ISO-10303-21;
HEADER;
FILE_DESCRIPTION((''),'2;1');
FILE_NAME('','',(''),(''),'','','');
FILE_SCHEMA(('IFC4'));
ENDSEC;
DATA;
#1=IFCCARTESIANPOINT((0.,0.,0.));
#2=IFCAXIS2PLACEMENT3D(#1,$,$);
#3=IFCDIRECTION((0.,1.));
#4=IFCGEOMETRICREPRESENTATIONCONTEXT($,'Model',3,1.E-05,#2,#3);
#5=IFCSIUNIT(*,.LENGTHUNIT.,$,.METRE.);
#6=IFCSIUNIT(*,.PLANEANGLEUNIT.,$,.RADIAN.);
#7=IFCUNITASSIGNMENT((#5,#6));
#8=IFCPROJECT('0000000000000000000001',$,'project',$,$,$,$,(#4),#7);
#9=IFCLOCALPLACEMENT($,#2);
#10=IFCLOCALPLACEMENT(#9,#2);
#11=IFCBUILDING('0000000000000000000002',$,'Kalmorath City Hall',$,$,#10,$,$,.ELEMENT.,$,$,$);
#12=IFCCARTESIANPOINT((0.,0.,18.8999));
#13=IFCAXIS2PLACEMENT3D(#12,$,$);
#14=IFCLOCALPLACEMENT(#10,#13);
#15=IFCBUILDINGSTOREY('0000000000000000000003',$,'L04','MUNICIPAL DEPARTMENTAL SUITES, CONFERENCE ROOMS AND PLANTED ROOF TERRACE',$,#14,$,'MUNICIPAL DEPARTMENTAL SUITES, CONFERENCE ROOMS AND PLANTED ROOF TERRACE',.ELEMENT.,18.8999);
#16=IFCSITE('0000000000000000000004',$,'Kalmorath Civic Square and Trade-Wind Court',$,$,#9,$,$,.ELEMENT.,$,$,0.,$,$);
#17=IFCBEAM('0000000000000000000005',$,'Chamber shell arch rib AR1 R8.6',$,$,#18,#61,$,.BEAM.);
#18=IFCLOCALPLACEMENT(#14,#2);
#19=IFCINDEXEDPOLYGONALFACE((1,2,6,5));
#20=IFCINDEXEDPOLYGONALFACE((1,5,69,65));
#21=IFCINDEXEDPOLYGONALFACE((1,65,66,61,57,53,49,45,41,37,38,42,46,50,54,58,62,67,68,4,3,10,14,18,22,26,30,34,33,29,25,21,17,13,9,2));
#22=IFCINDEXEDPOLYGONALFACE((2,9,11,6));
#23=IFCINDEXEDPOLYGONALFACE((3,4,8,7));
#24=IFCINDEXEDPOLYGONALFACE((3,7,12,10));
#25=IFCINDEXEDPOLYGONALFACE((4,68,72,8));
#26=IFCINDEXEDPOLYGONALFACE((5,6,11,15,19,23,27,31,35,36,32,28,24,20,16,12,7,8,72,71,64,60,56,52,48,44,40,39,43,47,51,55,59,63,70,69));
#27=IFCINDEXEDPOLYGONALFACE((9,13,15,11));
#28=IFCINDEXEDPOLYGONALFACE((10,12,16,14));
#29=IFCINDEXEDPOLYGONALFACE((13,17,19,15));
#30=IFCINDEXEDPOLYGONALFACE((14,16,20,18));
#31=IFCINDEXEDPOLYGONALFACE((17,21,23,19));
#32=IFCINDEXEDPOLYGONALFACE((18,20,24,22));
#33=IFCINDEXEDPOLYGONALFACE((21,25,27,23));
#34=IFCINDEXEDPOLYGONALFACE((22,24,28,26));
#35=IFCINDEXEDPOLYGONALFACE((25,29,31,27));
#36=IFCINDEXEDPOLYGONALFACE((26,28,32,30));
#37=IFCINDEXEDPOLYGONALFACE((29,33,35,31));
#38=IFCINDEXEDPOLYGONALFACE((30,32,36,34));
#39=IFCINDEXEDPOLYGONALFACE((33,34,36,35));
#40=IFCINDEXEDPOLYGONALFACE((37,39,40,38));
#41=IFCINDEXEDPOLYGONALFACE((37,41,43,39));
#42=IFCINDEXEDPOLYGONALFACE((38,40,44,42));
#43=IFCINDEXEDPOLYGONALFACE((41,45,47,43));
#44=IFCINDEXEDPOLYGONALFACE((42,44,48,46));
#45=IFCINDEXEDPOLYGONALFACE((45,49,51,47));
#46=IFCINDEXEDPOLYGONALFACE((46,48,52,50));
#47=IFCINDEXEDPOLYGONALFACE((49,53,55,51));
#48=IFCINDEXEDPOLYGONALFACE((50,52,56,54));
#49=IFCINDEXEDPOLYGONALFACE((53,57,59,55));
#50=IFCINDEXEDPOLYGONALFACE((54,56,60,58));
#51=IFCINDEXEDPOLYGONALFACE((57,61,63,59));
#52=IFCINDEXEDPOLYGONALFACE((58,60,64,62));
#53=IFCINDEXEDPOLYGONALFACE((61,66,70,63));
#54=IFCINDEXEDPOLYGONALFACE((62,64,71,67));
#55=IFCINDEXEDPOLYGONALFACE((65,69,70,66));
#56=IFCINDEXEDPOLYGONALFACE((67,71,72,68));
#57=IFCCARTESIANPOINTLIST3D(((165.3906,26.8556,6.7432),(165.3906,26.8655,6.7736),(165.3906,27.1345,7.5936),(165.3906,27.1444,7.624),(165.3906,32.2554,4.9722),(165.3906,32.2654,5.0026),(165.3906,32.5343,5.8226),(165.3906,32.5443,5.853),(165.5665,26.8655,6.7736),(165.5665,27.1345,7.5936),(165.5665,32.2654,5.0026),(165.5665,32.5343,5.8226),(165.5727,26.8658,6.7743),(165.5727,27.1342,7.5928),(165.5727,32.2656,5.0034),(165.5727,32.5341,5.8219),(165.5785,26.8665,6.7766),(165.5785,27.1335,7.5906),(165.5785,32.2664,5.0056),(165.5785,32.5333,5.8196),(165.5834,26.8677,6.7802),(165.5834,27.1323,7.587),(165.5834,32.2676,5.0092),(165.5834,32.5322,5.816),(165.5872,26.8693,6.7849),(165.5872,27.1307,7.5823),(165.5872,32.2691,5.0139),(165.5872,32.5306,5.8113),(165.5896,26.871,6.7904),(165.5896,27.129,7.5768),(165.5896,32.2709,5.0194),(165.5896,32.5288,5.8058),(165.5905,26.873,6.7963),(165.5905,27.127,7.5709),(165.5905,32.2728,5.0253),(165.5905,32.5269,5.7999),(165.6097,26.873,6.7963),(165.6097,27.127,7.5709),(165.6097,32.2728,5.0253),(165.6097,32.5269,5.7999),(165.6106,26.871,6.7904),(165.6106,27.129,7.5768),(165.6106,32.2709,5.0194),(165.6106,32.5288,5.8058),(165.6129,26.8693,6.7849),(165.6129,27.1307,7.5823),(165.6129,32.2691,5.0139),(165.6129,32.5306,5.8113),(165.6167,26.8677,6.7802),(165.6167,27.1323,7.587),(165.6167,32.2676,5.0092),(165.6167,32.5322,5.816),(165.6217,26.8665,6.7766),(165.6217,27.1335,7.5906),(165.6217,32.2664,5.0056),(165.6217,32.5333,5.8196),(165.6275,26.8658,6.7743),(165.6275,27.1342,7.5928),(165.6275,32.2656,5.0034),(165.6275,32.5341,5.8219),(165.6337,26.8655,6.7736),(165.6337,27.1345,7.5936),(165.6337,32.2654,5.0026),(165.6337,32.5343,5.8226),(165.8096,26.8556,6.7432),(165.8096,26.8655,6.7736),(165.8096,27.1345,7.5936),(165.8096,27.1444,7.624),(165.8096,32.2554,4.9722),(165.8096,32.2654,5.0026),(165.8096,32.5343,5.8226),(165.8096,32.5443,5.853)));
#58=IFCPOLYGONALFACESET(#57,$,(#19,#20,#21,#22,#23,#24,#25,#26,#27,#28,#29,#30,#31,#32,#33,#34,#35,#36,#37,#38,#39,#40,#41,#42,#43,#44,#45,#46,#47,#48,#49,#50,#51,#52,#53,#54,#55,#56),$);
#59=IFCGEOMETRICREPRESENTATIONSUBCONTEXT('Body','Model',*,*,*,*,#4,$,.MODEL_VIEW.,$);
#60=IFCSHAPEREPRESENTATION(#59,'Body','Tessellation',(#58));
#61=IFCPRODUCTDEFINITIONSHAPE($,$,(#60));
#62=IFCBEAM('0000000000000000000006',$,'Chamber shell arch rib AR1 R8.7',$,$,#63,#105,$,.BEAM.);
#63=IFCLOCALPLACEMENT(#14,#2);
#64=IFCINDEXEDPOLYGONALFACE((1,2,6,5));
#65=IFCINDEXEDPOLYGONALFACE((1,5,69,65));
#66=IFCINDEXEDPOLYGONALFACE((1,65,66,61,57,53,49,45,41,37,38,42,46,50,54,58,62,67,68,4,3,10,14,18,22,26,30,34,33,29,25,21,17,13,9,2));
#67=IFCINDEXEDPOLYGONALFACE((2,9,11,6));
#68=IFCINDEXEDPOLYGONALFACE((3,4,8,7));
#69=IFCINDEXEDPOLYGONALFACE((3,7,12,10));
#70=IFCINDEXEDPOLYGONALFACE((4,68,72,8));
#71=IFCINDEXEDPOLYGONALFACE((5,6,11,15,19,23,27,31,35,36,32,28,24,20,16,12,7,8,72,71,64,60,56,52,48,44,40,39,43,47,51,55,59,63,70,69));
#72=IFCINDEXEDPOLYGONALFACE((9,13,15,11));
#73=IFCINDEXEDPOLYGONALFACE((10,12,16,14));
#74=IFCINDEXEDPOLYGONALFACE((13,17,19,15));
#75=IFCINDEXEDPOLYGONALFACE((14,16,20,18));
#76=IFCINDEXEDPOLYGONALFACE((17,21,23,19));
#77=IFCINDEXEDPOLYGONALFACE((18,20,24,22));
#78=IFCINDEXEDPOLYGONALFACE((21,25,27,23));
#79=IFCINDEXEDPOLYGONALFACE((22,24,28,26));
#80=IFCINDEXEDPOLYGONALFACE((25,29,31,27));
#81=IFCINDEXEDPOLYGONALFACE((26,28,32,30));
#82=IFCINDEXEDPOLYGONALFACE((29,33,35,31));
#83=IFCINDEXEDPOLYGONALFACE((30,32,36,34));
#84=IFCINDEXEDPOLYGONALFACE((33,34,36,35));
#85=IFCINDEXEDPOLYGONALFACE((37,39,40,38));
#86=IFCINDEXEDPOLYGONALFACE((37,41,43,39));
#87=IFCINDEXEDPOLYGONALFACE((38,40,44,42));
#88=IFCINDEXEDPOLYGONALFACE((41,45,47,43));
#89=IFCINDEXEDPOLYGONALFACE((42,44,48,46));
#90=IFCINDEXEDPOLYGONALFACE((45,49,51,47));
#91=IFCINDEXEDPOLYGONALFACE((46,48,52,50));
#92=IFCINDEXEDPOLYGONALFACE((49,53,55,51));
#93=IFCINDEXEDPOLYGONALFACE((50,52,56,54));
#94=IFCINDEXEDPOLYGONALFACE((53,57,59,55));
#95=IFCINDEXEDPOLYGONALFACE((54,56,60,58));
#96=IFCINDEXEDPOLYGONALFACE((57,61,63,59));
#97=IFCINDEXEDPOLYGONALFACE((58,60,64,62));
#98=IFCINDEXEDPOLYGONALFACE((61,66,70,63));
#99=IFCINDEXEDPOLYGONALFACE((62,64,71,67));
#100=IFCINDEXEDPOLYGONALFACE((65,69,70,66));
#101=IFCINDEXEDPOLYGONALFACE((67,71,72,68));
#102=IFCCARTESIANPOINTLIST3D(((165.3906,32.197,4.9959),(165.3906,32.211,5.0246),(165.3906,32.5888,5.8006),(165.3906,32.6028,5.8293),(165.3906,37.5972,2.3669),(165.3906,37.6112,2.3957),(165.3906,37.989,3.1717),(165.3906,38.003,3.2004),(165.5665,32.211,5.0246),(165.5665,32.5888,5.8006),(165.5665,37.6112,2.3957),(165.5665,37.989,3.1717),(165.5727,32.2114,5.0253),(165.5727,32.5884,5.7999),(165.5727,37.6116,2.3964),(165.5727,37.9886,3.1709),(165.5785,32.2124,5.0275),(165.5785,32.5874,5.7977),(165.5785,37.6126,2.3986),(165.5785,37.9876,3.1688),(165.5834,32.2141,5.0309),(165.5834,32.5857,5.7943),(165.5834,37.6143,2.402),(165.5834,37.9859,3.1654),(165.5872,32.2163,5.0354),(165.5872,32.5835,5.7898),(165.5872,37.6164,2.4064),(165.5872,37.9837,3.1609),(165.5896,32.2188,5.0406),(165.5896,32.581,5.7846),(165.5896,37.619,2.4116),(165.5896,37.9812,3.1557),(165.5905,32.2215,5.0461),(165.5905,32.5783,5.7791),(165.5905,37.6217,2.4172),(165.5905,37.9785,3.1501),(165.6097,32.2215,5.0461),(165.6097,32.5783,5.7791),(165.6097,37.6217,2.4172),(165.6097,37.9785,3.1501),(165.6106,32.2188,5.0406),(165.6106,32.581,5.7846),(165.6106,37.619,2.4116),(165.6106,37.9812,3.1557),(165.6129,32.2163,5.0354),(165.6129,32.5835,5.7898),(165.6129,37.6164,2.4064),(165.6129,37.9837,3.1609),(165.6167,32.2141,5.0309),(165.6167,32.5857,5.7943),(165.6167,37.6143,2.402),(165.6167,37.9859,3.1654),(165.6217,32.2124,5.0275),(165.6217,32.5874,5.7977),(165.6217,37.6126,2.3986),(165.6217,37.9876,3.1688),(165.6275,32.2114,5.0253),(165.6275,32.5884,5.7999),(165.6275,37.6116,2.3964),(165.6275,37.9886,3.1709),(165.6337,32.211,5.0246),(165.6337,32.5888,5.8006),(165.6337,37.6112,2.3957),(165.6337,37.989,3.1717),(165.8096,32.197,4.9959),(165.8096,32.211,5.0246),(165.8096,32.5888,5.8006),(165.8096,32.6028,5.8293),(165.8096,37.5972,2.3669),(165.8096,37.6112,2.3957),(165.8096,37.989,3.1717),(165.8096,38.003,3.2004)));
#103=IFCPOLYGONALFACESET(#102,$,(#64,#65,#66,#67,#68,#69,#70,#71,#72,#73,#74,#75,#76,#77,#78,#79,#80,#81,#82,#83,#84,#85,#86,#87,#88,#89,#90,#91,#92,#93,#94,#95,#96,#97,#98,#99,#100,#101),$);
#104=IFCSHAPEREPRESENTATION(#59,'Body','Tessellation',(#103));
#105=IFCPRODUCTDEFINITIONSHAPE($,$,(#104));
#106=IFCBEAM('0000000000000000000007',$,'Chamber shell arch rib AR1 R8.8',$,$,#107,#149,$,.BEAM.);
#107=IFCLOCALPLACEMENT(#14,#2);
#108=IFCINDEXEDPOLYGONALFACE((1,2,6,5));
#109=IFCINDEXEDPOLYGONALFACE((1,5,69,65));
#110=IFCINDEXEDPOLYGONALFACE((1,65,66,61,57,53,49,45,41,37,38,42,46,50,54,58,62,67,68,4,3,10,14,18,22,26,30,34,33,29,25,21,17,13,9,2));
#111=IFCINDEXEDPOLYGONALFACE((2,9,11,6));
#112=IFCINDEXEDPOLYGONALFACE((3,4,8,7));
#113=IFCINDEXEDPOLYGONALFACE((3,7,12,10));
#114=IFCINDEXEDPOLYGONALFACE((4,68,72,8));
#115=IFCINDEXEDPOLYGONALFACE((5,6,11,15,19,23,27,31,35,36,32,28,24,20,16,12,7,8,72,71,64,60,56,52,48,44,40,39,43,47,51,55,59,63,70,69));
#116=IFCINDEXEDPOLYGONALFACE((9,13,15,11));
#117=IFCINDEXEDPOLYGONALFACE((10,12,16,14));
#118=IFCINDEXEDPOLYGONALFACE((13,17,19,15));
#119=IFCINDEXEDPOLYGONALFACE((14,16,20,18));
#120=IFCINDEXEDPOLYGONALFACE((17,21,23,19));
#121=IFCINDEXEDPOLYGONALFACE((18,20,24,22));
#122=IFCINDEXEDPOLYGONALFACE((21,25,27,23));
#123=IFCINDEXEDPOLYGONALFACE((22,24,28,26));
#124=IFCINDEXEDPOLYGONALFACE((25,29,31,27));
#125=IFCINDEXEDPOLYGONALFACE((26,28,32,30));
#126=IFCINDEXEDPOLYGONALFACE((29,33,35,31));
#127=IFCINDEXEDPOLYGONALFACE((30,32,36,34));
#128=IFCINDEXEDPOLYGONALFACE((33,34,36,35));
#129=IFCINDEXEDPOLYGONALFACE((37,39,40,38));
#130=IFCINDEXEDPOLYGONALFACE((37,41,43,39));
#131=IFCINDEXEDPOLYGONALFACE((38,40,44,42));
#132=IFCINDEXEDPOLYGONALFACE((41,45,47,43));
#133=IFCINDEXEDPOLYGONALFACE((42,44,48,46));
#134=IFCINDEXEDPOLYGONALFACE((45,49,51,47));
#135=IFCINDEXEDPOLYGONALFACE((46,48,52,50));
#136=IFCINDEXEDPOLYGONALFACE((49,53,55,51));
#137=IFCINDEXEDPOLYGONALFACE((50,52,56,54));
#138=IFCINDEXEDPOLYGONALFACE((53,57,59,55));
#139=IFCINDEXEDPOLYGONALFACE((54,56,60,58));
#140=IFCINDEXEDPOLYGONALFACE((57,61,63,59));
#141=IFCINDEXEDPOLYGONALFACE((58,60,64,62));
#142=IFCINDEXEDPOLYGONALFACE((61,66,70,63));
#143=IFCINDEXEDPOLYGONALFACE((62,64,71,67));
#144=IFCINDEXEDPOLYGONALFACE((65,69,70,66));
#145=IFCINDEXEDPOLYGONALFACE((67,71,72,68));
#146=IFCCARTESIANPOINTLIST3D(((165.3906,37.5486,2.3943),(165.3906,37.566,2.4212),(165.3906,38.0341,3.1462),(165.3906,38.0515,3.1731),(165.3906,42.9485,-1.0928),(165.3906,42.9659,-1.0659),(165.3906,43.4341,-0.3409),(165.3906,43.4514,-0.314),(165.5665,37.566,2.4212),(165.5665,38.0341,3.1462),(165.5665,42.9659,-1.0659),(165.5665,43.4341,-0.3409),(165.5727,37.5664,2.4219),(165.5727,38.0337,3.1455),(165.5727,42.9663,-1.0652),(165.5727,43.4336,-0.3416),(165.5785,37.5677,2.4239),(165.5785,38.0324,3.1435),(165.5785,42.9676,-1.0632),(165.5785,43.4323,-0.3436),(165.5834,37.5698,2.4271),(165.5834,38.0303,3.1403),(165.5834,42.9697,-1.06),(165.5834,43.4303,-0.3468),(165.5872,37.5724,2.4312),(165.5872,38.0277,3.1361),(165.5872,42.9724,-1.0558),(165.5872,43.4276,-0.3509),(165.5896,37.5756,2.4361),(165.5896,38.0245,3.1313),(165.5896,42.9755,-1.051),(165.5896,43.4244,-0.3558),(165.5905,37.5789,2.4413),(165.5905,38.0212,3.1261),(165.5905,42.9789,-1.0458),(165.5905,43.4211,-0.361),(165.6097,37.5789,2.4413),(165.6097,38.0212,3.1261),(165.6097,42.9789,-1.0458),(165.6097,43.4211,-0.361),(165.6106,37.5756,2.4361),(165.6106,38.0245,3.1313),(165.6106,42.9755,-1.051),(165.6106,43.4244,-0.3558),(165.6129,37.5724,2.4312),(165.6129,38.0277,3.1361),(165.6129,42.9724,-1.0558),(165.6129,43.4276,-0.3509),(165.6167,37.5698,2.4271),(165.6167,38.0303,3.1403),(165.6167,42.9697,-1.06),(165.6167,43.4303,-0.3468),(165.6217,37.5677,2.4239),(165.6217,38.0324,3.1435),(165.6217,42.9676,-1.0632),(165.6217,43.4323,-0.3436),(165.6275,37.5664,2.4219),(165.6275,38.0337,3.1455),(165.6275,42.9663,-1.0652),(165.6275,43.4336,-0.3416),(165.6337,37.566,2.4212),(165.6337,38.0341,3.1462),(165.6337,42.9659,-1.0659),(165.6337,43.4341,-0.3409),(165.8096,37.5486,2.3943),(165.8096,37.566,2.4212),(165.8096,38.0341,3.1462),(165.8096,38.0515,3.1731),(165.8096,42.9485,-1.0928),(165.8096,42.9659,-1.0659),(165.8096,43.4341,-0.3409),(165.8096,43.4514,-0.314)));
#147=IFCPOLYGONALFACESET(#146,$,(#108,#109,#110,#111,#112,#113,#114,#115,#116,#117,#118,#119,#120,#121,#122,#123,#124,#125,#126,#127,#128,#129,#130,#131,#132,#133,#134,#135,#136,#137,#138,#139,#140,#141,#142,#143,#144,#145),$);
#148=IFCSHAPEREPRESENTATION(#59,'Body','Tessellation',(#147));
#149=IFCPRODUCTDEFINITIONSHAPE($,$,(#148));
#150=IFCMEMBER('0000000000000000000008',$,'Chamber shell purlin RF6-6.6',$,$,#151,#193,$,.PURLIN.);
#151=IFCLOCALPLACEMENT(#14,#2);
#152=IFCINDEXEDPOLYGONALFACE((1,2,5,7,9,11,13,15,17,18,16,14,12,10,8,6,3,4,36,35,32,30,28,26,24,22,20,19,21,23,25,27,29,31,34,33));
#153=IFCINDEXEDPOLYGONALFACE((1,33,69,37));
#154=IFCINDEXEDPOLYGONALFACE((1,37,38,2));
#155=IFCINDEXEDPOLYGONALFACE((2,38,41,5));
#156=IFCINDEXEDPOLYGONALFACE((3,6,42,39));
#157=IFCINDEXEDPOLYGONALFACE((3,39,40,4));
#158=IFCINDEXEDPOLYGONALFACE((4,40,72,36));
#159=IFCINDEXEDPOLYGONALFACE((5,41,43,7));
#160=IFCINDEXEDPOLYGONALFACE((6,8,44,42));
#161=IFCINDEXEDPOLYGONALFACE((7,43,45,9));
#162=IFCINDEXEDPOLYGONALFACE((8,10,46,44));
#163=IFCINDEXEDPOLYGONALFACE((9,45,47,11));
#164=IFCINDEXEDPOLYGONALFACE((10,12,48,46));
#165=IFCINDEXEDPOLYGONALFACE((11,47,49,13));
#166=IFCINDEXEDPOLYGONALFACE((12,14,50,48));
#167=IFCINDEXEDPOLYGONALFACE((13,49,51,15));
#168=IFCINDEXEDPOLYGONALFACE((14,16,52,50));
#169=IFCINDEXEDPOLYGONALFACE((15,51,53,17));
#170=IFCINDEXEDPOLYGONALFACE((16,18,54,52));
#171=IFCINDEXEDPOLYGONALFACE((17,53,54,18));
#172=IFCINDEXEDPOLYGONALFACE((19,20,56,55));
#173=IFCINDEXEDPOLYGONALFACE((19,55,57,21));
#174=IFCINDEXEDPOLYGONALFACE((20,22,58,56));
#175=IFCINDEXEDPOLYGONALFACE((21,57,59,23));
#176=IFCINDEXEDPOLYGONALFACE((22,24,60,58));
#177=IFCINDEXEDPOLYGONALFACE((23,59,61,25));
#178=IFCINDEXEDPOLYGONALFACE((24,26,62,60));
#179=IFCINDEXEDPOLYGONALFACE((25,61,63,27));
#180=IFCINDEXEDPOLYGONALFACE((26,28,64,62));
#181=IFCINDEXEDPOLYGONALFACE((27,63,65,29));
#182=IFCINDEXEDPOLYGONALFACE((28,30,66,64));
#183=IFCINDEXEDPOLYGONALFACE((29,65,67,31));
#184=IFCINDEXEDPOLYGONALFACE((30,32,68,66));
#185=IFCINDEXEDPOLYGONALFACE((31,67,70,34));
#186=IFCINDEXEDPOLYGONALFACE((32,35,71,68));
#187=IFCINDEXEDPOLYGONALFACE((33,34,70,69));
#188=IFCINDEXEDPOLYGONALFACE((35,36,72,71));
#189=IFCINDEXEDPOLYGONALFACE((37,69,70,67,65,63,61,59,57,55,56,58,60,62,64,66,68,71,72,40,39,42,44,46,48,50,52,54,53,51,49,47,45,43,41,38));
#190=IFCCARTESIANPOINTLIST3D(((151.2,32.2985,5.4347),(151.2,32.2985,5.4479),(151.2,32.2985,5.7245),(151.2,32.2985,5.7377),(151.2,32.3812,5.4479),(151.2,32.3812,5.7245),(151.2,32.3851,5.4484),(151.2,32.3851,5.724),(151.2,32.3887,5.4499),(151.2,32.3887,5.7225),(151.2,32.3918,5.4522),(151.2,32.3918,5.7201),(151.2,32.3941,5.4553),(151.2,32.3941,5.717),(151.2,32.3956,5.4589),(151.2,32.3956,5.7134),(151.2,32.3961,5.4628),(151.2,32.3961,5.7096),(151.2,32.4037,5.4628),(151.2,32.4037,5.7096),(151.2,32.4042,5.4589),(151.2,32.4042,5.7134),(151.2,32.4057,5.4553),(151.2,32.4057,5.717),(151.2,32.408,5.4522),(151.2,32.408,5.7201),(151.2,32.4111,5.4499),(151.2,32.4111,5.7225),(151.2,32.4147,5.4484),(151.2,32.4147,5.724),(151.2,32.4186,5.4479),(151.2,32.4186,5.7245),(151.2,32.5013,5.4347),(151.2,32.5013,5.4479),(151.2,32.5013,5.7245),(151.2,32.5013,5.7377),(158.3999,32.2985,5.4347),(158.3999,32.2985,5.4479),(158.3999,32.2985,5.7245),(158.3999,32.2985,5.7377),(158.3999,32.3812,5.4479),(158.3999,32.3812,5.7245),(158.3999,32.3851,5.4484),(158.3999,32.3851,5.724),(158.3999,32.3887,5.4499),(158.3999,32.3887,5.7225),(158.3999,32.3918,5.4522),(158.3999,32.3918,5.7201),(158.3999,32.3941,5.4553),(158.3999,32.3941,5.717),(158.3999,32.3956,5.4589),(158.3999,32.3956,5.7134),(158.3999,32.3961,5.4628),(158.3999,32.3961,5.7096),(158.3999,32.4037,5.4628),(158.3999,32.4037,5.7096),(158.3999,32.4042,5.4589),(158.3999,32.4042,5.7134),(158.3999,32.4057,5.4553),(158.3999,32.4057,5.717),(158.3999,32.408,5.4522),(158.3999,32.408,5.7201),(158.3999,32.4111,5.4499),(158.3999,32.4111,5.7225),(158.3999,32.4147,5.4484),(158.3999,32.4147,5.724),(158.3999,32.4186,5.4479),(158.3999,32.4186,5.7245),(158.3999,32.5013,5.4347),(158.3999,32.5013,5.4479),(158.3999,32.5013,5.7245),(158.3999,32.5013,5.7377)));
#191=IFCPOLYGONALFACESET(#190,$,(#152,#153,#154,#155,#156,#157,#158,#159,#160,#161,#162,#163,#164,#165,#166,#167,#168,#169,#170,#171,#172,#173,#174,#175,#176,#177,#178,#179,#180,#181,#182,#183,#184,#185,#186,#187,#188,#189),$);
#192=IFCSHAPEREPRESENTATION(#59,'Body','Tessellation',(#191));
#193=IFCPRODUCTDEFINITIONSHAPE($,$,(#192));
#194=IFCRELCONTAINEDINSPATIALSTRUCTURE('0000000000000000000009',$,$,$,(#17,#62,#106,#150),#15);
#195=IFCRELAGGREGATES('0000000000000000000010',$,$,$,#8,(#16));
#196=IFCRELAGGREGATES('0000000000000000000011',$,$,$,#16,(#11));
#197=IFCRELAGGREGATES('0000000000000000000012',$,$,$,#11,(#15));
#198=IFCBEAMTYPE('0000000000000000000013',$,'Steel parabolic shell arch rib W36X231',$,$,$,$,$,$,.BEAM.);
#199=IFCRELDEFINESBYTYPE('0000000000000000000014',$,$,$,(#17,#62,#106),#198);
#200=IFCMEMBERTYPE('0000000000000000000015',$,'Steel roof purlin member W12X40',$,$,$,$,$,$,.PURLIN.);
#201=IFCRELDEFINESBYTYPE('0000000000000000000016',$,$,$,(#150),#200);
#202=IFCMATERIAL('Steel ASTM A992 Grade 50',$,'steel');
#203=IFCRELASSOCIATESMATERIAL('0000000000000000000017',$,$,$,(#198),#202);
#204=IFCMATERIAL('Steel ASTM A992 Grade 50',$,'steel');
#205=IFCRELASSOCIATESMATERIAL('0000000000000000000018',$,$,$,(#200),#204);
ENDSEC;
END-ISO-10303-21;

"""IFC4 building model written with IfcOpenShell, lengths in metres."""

from ifc_helpers import new_model, si_unit, direction, frame, origin, origin_2d, place, context, subcontext, project, spatial, i_section, extrude, material, material_profile, profile_set, type_object, element, save


model = new_model("IFC4")

# Units and contexts
model_context = context("Model", 3, precision=1e-05, world=origin(), true_north=direction((0.0, 1.0)))
body_context = subcontext(model_context, "Body", "Model", "MODEL_VIEW")
ifc_project = project(units=[si_unit("LENGTHUNIT", "METRE"), si_unit("PLANEANGLEUNIT", "RADIAN")], contexts=[model_context])

# Site, building, storey
site_placement = place(None, origin())
site = spatial("IfcSite", under=ifc_project, at=site_placement, Name="Kalmorath Civic Square and Trade-Wind Court", CompositionType="ELEMENT", RefElevation=0.0)
building_placement = place(site_placement, origin())
building = spatial("IfcBuilding", under=site, at=building_placement, Name="Kalmorath City Hall", CompositionType="ELEMENT")
storey_placement = place(building_placement, frame((0.0, 0.0, 18.8999)))
storey = spatial("IfcBuildingStorey", under=building, at=storey_placement, Name="L04", Description="MUNICIPAL DEPARTMENTAL SUITES, CONFERENCE ROOMS AND PLANTED ROOF TERRACE", LongName="MUNICIPAL DEPARTMENTAL SUITES, CONFERENCE ROOMS AND PLANTED ROOF TERRACE", CompositionType="ELEMENT", Elevation=18.8999)

# Beams
ifc_material_1 = material(Name="Steel ASTM A992 Grade 50", Category="steel")
ifc_material_profile_1 = material_profile(ifc_material_1, i_section(OverallWidth=0.4189, OverallDepth=0.927, WebThickness=0.0193, FlangeThickness=0.032, FilletRadius=0.0239, at=origin_2d()), Name="W36X231")
ifc_profile_set_1 = profile_set([ifc_material_profile_1], Name="Steel ASTM A992 Grade 50")
beam_type_1 = type_object("IfcBeamType", Name="Steel parabolic shell arch rib W36X231", PredefinedType="BEAM", material=ifc_profile_set_1)
beam_1_placement = place(storey_placement, frame((165.6001, 27.0, 7.1836), z_axis=(0.0, 0.950202, -0.311636), x_axis=(-1.0, 0.0, 0.0)))
element("IfcBeam", 1, at=beam_1_placement, inside=storey, type_object=beam_type_1, Name="Chamber shell arch rib AR1 R8.6", PredefinedType="BEAM", context=body_context, shape_type="SweptSolid", body=[
    extrude(i_section(OverallWidth=0.4189, OverallDepth=0.927, WebThickness=0.0193, FlangeThickness=0.032, FilletRadius=0.0239, at=origin_2d()), origin(), (0.0, 0.0, 1.0), 5.6829),
])
beam_2_placement = place(storey_placement, frame((165.6001, 32.3999, 5.4126), z_axis=(0.0, 0.899117, -0.437709), x_axis=(-1.0, 0.0, 0.0)))
element("IfcBeam", 2, at=beam_2_placement, inside=storey, type_object=beam_type_1, Name="Chamber shell arch rib AR1 R8.7", PredefinedType="BEAM", context=body_context, shape_type="SweptSolid", body=[
    extrude(i_section(OverallWidth=0.4189, OverallDepth=0.927, WebThickness=0.0193, FlangeThickness=0.032, FilletRadius=0.0239, at=origin_2d()), origin(), (0.0, 0.0, 1.0), 6.0061),
])
beam_3_placement = place(storey_placement, frame((165.6001, 37.8, 2.7837), z_axis=(0.0, 0.840066, -0.542484), x_axis=(-1.0, 0.0, 0.0)))
element("IfcBeam", 3, at=beam_3_placement, inside=storey, type_object=beam_type_1, Name="Chamber shell arch rib AR1 R8.8", PredefinedType="BEAM", context=body_context, shape_type="SweptSolid", body=[
    extrude(i_section(OverallWidth=0.4189, OverallDepth=0.927, WebThickness=0.0193, FlangeThickness=0.032, FilletRadius=0.0239, at=origin_2d()), origin(), (0.0, 0.0, 1.0), 6.428),
])

# Member
ifc_material_2 = material(Name="Steel ASTM A992 Grade 50", Category="steel")
ifc_material_profile_2 = material_profile(ifc_material_2, i_section(OverallWidth=0.2029, OverallDepth=0.303, WebThickness=0.0076, FlangeThickness=0.0132, FilletRadius=0.0149, at=origin_2d()), Name="W12X40")
ifc_profile_set_2 = profile_set([ifc_material_profile_2], Name="Steel ASTM A992 Grade 50")
member_type_1 = type_object("IfcMemberType", Name="Steel roof purlin member W12X40", PredefinedType="PURLIN", material=ifc_profile_set_2)
for number, where, z_axis, x_axis, name in (
    (4, (151.2, 32.3999, 5.5862), (1.0, 0.0, 0.0), (0.0, 1.0, 0.0), "Chamber shell purlin RF6-6.6"),
):
    element("IfcMember", number, at=place(storey_placement, frame(where, z_axis=z_axis, x_axis=x_axis)), inside=storey, type_object=member_type_1, Name=name, PredefinedType="PURLIN", context=body_context, shape_type="SweptSolid", body=[
        extrude(i_section(OverallWidth=0.2029, OverallDepth=0.303, WebThickness=0.0076, FlangeThickness=0.0132, FilletRadius=0.0149, at=origin_2d()), origin(), (0.0, 0.0, 1.0), 7.2),
    ])

save(model, "model.ifc")
